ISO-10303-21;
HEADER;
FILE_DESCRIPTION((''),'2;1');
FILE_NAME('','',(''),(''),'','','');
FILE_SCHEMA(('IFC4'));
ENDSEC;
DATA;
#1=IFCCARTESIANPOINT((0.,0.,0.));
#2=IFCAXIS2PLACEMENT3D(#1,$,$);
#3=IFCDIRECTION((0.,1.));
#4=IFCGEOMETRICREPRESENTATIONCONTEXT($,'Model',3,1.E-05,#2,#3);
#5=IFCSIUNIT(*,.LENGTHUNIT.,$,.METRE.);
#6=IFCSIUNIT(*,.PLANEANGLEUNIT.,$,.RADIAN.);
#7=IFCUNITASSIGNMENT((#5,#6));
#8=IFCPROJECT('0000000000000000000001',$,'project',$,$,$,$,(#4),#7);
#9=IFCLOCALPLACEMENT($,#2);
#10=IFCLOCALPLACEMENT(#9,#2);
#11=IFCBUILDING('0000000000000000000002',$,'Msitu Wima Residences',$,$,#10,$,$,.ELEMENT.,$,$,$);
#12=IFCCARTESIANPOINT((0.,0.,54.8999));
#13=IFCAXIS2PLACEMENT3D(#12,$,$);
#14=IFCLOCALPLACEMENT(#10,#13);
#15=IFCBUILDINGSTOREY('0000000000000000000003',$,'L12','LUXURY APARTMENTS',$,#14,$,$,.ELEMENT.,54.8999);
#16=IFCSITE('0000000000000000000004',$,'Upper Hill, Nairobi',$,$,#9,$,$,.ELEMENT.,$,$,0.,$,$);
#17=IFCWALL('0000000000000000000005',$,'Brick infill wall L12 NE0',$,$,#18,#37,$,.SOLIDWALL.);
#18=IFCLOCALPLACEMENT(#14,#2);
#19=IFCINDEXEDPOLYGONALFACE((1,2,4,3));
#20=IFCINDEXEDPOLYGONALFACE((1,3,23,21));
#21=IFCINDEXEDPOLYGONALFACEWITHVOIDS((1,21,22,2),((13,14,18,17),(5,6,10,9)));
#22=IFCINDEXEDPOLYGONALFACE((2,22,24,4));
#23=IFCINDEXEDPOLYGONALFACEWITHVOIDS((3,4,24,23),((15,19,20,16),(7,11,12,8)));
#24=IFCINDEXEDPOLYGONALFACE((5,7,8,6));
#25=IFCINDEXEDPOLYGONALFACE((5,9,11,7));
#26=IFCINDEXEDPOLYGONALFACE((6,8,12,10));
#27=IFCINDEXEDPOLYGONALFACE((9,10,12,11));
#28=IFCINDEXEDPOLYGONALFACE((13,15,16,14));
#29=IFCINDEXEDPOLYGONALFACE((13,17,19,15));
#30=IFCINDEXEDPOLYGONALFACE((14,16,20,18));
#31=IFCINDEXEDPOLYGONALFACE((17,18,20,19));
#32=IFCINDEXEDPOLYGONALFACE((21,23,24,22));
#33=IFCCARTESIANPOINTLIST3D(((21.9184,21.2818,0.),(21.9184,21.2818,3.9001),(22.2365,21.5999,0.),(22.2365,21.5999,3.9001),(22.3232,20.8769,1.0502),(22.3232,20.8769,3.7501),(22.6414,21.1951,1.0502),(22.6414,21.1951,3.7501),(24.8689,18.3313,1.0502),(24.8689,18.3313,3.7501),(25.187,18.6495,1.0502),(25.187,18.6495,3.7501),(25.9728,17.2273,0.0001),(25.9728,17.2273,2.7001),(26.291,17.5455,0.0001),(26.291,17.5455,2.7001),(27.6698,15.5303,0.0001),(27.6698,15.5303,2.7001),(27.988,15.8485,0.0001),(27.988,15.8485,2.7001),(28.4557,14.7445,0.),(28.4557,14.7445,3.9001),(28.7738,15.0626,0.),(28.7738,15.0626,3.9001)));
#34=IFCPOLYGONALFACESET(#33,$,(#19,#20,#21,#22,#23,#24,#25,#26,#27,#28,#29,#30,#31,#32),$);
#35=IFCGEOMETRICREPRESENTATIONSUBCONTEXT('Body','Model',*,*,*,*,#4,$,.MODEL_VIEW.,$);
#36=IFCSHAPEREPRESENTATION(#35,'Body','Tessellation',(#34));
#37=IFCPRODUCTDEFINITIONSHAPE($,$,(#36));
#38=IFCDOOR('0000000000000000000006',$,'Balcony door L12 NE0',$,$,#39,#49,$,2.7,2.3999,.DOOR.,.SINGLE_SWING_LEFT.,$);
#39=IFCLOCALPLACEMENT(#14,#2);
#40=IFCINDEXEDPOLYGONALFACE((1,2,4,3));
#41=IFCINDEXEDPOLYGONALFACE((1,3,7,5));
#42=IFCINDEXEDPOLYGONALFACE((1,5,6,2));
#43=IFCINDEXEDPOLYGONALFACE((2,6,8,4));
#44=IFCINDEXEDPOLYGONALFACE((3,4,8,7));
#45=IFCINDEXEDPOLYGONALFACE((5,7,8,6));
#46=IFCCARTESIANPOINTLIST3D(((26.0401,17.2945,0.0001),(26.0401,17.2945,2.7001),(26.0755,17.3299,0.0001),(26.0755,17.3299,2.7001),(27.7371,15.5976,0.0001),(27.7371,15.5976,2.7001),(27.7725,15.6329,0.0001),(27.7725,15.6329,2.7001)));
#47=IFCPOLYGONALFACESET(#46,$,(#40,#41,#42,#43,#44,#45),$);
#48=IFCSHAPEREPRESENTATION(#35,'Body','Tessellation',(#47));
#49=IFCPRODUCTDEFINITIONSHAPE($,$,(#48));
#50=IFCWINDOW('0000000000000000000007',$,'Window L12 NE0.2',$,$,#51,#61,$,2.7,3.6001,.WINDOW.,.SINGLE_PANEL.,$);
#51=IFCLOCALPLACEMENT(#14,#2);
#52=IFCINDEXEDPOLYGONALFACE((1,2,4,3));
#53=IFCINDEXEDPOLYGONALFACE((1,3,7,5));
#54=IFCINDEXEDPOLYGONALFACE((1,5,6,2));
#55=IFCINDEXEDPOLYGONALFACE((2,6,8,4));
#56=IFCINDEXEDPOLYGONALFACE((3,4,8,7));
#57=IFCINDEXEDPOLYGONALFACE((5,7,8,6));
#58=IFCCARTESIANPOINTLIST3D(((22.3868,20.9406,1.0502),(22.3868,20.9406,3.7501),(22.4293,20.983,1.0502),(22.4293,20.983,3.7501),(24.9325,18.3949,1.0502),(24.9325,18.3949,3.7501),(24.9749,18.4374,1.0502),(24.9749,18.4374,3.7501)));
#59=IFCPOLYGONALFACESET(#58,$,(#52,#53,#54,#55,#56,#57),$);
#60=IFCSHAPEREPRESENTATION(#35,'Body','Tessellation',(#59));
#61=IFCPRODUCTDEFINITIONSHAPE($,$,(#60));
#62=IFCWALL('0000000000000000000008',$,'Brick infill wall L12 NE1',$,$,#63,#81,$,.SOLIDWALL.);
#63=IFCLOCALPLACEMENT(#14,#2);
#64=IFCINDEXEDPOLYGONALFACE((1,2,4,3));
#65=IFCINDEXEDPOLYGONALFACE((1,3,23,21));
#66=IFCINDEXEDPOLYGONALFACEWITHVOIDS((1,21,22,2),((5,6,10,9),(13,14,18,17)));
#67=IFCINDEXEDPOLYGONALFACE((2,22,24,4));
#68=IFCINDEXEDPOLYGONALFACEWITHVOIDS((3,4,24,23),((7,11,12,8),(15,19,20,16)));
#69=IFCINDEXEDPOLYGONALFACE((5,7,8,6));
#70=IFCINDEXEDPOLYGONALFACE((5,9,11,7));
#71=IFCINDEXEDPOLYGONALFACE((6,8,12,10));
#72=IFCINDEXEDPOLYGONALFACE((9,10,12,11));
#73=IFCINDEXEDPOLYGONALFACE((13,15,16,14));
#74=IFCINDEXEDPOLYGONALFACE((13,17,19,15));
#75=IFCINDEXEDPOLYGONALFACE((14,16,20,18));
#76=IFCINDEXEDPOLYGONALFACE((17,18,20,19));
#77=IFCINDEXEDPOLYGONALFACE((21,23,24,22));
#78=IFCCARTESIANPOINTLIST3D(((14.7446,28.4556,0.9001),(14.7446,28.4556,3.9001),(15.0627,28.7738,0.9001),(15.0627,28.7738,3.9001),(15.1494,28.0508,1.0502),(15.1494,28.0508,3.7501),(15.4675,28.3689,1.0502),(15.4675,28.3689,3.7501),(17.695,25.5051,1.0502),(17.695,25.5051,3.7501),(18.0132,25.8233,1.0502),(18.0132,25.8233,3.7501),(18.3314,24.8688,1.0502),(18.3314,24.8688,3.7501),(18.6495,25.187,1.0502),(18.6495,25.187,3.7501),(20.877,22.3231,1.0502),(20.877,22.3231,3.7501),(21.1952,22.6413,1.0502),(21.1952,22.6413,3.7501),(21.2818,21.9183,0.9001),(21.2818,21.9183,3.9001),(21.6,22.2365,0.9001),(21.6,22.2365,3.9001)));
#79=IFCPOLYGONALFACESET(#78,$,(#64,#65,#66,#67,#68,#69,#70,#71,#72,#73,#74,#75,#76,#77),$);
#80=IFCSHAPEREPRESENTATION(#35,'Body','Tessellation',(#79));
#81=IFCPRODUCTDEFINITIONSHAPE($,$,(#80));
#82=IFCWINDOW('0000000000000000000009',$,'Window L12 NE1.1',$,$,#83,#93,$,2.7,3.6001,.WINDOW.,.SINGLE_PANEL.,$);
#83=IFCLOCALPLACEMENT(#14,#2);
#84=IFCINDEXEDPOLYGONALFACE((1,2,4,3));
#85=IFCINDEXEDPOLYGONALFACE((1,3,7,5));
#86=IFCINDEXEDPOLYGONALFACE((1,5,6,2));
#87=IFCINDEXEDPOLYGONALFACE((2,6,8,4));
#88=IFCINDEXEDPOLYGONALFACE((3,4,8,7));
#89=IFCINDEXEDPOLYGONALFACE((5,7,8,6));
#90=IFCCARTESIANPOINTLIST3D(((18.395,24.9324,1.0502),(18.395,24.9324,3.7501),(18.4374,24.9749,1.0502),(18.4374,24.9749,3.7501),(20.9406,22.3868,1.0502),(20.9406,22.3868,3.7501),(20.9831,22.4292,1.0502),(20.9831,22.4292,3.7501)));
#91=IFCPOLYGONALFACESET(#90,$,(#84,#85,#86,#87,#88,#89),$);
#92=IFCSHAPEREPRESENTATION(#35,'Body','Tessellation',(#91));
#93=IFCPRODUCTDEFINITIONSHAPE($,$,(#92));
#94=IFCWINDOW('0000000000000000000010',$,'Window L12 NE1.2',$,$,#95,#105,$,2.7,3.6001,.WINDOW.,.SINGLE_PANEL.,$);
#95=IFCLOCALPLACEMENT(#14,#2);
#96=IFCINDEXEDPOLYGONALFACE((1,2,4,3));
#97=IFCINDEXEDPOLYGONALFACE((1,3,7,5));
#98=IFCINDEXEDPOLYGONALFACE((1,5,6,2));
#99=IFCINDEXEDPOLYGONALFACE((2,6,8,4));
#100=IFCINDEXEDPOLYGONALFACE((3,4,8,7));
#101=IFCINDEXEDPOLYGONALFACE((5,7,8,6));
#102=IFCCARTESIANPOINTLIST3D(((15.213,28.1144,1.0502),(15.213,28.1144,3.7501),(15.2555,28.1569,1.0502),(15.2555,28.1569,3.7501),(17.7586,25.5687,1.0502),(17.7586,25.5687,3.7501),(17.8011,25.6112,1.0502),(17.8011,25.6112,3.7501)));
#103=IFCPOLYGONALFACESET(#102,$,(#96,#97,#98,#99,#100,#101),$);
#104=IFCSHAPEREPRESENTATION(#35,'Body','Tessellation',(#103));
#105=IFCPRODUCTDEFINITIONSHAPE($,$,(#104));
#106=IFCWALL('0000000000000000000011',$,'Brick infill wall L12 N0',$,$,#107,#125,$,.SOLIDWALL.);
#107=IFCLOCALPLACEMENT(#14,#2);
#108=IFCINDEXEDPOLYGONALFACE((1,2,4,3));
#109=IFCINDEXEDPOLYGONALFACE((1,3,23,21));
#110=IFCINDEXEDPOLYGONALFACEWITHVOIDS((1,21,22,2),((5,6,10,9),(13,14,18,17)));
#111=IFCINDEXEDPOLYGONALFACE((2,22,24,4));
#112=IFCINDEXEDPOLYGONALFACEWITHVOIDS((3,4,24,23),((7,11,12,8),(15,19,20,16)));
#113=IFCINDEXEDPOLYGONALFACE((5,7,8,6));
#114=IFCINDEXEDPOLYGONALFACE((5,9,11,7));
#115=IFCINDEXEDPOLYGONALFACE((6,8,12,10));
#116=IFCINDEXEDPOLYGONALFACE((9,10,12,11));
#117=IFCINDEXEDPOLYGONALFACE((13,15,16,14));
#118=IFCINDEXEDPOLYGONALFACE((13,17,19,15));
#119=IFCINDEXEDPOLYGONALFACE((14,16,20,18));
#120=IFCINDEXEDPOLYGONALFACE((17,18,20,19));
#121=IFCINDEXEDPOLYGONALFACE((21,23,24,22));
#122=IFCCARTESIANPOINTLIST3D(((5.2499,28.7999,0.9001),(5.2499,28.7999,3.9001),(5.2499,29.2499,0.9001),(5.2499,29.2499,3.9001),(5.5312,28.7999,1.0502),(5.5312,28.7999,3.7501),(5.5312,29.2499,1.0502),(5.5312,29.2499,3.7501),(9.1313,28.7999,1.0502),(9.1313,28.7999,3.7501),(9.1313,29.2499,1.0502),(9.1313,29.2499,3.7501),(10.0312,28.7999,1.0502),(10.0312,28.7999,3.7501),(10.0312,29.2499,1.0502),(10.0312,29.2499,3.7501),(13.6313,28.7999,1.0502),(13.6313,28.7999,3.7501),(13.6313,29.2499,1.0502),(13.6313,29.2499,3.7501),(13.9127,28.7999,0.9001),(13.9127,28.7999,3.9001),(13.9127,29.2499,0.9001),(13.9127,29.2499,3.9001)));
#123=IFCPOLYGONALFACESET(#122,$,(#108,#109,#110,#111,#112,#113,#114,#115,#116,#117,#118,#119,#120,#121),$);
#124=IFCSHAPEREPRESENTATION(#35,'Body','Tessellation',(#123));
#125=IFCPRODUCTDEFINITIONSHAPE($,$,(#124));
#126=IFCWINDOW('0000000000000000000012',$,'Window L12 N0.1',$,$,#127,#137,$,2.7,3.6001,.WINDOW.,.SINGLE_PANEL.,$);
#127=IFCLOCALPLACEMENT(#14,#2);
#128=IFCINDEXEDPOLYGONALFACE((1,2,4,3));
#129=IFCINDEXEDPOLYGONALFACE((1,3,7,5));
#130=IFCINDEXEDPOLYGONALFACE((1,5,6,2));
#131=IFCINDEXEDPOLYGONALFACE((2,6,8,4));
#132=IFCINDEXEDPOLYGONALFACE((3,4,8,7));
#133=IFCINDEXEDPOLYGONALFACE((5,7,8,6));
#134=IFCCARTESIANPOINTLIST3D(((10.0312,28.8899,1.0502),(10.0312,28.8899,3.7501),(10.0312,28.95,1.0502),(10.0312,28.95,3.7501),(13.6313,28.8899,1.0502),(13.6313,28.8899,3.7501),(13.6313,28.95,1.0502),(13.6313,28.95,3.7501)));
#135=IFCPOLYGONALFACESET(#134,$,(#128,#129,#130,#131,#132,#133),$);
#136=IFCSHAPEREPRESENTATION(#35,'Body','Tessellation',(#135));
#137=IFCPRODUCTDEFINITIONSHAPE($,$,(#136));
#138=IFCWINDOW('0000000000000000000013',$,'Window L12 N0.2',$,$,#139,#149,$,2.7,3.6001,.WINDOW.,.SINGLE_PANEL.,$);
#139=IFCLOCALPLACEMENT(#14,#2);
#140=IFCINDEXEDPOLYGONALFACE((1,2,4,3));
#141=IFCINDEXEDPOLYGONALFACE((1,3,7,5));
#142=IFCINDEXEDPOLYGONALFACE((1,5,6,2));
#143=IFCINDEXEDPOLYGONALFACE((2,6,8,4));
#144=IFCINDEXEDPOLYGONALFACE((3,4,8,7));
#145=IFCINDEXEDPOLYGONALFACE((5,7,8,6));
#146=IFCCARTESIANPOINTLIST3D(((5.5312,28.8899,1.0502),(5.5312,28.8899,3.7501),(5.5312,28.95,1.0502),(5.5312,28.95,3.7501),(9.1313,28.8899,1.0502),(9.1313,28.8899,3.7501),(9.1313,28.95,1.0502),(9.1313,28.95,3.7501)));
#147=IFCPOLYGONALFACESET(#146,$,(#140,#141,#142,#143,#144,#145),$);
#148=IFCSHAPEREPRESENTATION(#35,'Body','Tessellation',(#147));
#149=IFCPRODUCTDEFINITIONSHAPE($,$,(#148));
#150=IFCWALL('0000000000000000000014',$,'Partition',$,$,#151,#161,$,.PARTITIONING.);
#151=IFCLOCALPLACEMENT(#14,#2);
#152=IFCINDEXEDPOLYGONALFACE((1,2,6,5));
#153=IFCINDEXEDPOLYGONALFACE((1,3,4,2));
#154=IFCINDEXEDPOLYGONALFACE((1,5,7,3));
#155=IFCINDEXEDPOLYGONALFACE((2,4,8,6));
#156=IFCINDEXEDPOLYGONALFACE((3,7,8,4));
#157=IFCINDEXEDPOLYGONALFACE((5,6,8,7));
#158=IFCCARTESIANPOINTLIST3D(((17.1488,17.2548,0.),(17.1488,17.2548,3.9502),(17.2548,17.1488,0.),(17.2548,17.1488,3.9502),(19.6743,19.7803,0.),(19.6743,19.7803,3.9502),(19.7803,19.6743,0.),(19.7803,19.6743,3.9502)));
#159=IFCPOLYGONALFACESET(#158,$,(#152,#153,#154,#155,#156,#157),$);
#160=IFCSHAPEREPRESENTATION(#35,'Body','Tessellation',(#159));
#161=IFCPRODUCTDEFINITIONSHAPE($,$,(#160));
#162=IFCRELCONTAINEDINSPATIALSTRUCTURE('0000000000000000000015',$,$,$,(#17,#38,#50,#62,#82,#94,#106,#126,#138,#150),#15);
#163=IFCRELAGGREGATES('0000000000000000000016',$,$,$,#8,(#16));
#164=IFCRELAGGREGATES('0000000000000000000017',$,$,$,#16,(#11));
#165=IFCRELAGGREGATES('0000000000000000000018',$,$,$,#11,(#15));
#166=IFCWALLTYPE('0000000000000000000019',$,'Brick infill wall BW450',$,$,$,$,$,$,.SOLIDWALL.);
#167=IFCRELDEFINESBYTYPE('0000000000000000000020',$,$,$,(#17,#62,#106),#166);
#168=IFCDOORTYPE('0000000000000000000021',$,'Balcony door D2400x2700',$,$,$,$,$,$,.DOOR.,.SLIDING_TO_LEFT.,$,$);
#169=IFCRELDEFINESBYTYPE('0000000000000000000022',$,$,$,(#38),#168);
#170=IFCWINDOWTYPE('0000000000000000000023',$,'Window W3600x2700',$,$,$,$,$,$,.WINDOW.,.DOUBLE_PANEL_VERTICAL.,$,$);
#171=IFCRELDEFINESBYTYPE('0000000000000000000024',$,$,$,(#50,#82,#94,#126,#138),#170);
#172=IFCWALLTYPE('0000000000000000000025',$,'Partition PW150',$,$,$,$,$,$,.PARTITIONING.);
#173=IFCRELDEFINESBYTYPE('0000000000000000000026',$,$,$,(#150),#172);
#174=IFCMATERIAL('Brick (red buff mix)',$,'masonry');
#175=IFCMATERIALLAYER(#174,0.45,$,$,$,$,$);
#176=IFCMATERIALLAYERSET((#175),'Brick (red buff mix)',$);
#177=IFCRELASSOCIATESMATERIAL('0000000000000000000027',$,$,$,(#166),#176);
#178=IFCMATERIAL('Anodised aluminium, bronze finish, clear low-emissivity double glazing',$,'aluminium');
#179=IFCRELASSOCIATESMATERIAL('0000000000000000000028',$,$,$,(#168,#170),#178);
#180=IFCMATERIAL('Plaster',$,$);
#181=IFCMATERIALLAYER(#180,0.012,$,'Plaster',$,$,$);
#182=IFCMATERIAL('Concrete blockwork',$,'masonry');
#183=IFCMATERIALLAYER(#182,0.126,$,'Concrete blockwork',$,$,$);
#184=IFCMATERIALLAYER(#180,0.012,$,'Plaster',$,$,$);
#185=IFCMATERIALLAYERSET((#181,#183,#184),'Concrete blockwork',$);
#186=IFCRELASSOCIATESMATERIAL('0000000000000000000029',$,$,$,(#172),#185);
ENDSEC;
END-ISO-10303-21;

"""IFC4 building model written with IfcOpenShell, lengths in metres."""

from ifc_helpers import new_model, si_unit, direction, frame, frame_2d, origin, place, context, subcontext, project, spatial, rectangle, extrude, material, layer, layer_set, type_object, element, fill, save


model = new_model("IFC4")

# Units and contexts
model_context = context("Model", 3, precision=1e-05, world=origin(), true_north=direction((0.0, 1.0)))
body_context = subcontext(model_context, "Body", "Model", "MODEL_VIEW")
ifc_project = project(units=[si_unit("LENGTHUNIT", "METRE"), si_unit("PLANEANGLEUNIT", "RADIAN")], contexts=[model_context])

# Site, building, storey
site_placement = place(None, origin())
site = spatial("IfcSite", under=ifc_project, at=site_placement, Name="Upper Hill, Nairobi", CompositionType="ELEMENT", RefElevation=0.0)
building_placement = place(site_placement, origin())
building = spatial("IfcBuilding", under=site, at=building_placement, Name="Msitu Wima Residences", CompositionType="ELEMENT")
storey_placement = place(building_placement, frame((0.0, 0.0, 54.8999)))
storey = spatial("IfcBuildingStorey", under=building, at=storey_placement, Name="L12", Description="LUXURY APARTMENTS", CompositionType="ELEMENT", Elevation=54.8999)

# Wall, openings, door, window
ifc_material_1 = material(Name="Brick (red buff mix)", Category="masonry")
ifc_layer_1 = layer(ifc_material_1, 0.45)
ifc_layer_set_1 = layer_set([ifc_layer_1], Name="Brick (red buff mix)")
wall_type_1 = type_object("IfcWallType", Name="Brick infill wall BW450", PredefinedType="SOLIDWALL", material=ifc_layer_set_1)
wall_1_placement = place(storey_placement, frame((28.6147, 14.9036, 0.0), z_axis=(0.0, 0.0, 1.0), x_axis=(-0.707107, 0.707107, 0.0)))
wall_1 = element("IfcWall", 1, at=wall_1_placement, inside=storey, type_object=wall_type_1, Name="Brick infill wall L12 NE0", PredefinedType="SOLIDWALL", context=body_context, shape_type="SweptSolid", body=[
    extrude(rectangle(XDim=9.2451, YDim=0.45, at=frame_2d((4.6226, 0.0))), origin(), (0.0, 0.0, 1.0), 3.9001),
])
opening_1_placement = place(wall_1_placement, frame((1.1113, 0.0, 0.0)))
opening_1 = element("IfcOpeningElement", 2, at=opening_1_placement, cuts=wall_1, PredefinedType="OPENING", context=body_context, shape_type="SweptSolid", body=[
    extrude(rectangle(XDim=2.3999, YDim=2.7, at=frame_2d((1.2, 1.3501))), frame((0.0, 0.2349, 0.0), z_axis=(0.0, -1.0, 0.0), x_axis=(1.0, 0.0, 0.0)), (0.0, 0.0, 1.0), 0.47),
])
opening_2_placement = place(wall_1_placement, frame((5.0725, 0.0, 1.05)))
opening_2 = element("IfcOpeningElement", 3, at=opening_2_placement, cuts=wall_1, PredefinedType="OPENING", context=body_context, shape_type="SweptSolid", body=[
    extrude(rectangle(XDim=3.6001, YDim=2.7, at=frame_2d((1.8, 1.3501))), frame((0.0, 0.2349, 0.0), z_axis=(0.0, -1.0, 0.0), x_axis=(1.0, 0.0, 0.0)), (0.0, 0.0, 1.0), 0.47),
])
ifc_material_2 = material(Name="Anodised aluminium, bronze finish, clear low-emissivity double glazing", Category="aluminium")
door_type_1 = type_object("IfcDoorType", Name="Balcony door D2400x2700", OperationType="SLIDING_TO_LEFT", PredefinedType="DOOR", material=ifc_material_2)
door_1_placement = place(opening_1_placement, origin())
door_1 = element("IfcDoor", 4, at=door_1_placement, inside=storey, type_object=door_type_1, Name="Balcony door L12 NE0", OperationType="SINGLE_SWING_LEFT", OverallHeight=2.7, OverallWidth=2.3999, PredefinedType="DOOR", context=body_context, shape_type="SweptSolid", body=[
    extrude(rectangle(XDim=2.3999, YDim=2.7, at=frame_2d((1.2, 1.3501))), frame((0.0, 0.1299, 0.0), z_axis=(0.0, -1.0, 0.0), x_axis=(1.0, 0.0, 0.0)), (0.0, 0.0, 1.0), 0.05),
])
fill(opening_1, door_1)
window_type = type_object("IfcWindowType", Name="Window W3600x2700", PartitioningType="DOUBLE_PANEL_VERTICAL", PredefinedType="WINDOW", material=ifc_material_2)
window_1_placement = place(opening_2_placement, origin())
window_1 = element("IfcWindow", 5, at=window_1_placement, inside=storey, type_object=window_type, Name="Window L12 NE0.2", OverallHeight=2.7, OverallWidth=3.6001, PartitioningType="SINGLE_PANEL", PredefinedType="WINDOW", context=body_context, shape_type="SweptSolid", body=[
    extrude(rectangle(XDim=3.6001, YDim=2.7, at=frame_2d((1.8, 1.3501))), frame((0.0, 0.135, 0.0), z_axis=(0.0, -1.0, 0.0), x_axis=(1.0, 0.0, 0.0)), (0.0, 0.0, 1.0), 0.0601),
])
fill(opening_2, window_1)

# Walls, openings, windows
wall_2_placement = place(storey_placement, frame((21.4409, 22.0774, 0.9001), z_axis=(0.0, 0.0, 1.0), x_axis=(-0.707107, 0.707107, 0.0)))
wall_2 = element("IfcWall", 6, at=wall_2_placement, inside=storey, type_object=wall_type_1, Name="Brick infill wall L12 NE1", PredefinedType="SOLIDWALL", context=body_context, shape_type="SweptSolid", body=[
    extrude(rectangle(XDim=9.2451, YDim=0.45, at=frame_2d((4.6226, 0.0))), origin(), (0.0, 0.0, 1.0), 3.0),
])
opening_3_placement = place(wall_2_placement, frame((0.5725, 0.0, 0.1499)))
opening_3 = element("IfcOpeningElement", 7, at=opening_3_placement, cuts=wall_2, PredefinedType="OPENING", context=body_context, shape_type="SweptSolid", body=[
    extrude(rectangle(XDim=3.6001, YDim=2.7, at=frame_2d((1.8, 1.3501))), frame((0.0, 0.2349, 0.0), z_axis=(0.0, -1.0, 0.0), x_axis=(1.0, 0.0, 0.0)), (0.0, 0.0, 1.0), 0.47),
])
opening_4_placement = place(wall_2_placement, frame((5.0725, 0.0, 0.1499)))
opening_4 = element("IfcOpeningElement", 8, at=opening_4_placement, cuts=wall_2, PredefinedType="OPENING", context=body_context, shape_type="SweptSolid", body=[
    extrude(rectangle(XDim=3.6001, YDim=2.7, at=frame_2d((1.8, 1.3501))), frame((0.0, 0.2349, 0.0), z_axis=(0.0, -1.0, 0.0), x_axis=(1.0, 0.0, 0.0)), (0.0, 0.0, 1.0), 0.47),
])
window_2_placement = place(opening_3_placement, origin())
window_2 = element("IfcWindow", 9, at=window_2_placement, inside=storey, type_object=window_type, Name="Window L12 NE1.1", OverallHeight=2.7, OverallWidth=3.6001, PartitioningType="SINGLE_PANEL", PredefinedType="WINDOW", context=body_context, shape_type="SweptSolid", body=[
    extrude(rectangle(XDim=3.6001, YDim=2.7, at=frame_2d((1.8, 1.3501))), frame((0.0, 0.135, 0.0), z_axis=(0.0, -1.0, 0.0), x_axis=(1.0, 0.0, 0.0)), (0.0, 0.0, 1.0), 0.0601),
])
fill(opening_3, window_2)
window_3_placement = place(opening_4_placement, origin())
window_3 = element("IfcWindow", 10, at=window_3_placement, inside=storey, type_object=window_type, Name="Window L12 NE1.2", OverallHeight=2.7, OverallWidth=3.6001, PartitioningType="SINGLE_PANEL", PredefinedType="WINDOW", context=body_context, shape_type="SweptSolid", body=[
    extrude(rectangle(XDim=3.6001, YDim=2.7, at=frame_2d((1.8, 1.3501))), frame((0.0, 0.135, 0.0), z_axis=(0.0, -1.0, 0.0), x_axis=(1.0, 0.0, 0.0)), (0.0, 0.0, 1.0), 0.0601),
])
fill(opening_4, window_3)
wall_3_placement = place(storey_placement, frame((13.9128, 29.0249, 0.9001), z_axis=(0.0, 0.0, 1.0), x_axis=(-1.0, 0.0, 0.0)))
wall_3 = element("IfcWall", 11, at=wall_3_placement, inside=storey, type_object=wall_type_1, Name="Brick infill wall L12 N0", PredefinedType="SOLIDWALL", context=body_context, shape_type="SweptSolid", body=[
    extrude(rectangle(XDim=8.6628, YDim=0.45, at=frame_2d((4.3315, 0.0))), origin(), (0.0, 0.0, 1.0), 3.0),
])
opening_5_placement = place(wall_3_placement, frame((0.2815, 0.0, 0.1499)))
opening_5 = element("IfcOpeningElement", 12, at=opening_5_placement, cuts=wall_3, PredefinedType="OPENING", context=body_context, shape_type="SweptSolid", body=[
    extrude(rectangle(XDim=3.6001, YDim=2.7, at=frame_2d((1.8, 1.3501))), frame((0.0, 0.2349, 0.0), z_axis=(0.0, -1.0, 0.0), x_axis=(1.0, 0.0, 0.0)), (0.0, 0.0, 1.0), 0.47),
])
opening_6_placement = place(wall_3_placement, frame((4.7815, 0.0, 0.1499)))
opening_6 = element("IfcOpeningElement", 13, at=opening_6_placement, cuts=wall_3, PredefinedType="OPENING", context=body_context, shape_type="SweptSolid", body=[
    extrude(rectangle(XDim=3.6001, YDim=2.7, at=frame_2d((1.8, 1.3501))), frame((0.0, 0.2349, 0.0), z_axis=(0.0, -1.0, 0.0), x_axis=(1.0, 0.0, 0.0)), (0.0, 0.0, 1.0), 0.47),
])
window_4_placement = place(opening_5_placement, origin())
window_4 = element("IfcWindow", 14, at=window_4_placement, inside=storey, type_object=window_type, Name="Window L12 N0.1", OverallHeight=2.7, OverallWidth=3.6001, PartitioningType="SINGLE_PANEL", PredefinedType="WINDOW", context=body_context, shape_type="SweptSolid", body=[
    extrude(rectangle(XDim=3.6001, YDim=2.7, at=frame_2d((1.8, 1.3501))), frame((0.0, 0.135, 0.0), z_axis=(0.0, -1.0, 0.0), x_axis=(1.0, 0.0, 0.0)), (0.0, 0.0, 1.0), 0.0601),
])
fill(opening_5, window_4)
window_5_placement = place(opening_6_placement, origin())
window_5 = element("IfcWindow", 15, at=window_5_placement, inside=storey, type_object=window_type, Name="Window L12 N0.2", OverallHeight=2.7, OverallWidth=3.6001, PartitioningType="SINGLE_PANEL", PredefinedType="WINDOW", context=body_context, shape_type="SweptSolid", body=[
    extrude(rectangle(XDim=3.6001, YDim=2.7, at=frame_2d((1.8, 1.3501))), frame((0.0, 0.135, 0.0), z_axis=(0.0, -1.0, 0.0), x_axis=(1.0, 0.0, 0.0)), (0.0, 0.0, 1.0), 0.0601),
])
fill(opening_6, window_5)

# Wall
ifc_material_3 = material(Name="Plaster")
ifc_layer_2 = layer(ifc_material_3, 0.012, Name="Plaster")
ifc_material_4 = material(Name="Concrete blockwork", Category="masonry")
ifc_layer_3 = layer(ifc_material_4, 0.126, Name="Concrete blockwork")
ifc_layer_4 = layer(ifc_material_3, 0.012, Name="Plaster")
ifc_layer_set_2 = layer_set([ifc_layer_2, ifc_layer_3, ifc_layer_4], Name="Concrete blockwork")
wall_type_2 = type_object("IfcWallType", Name="Partition PW150", PredefinedType="PARTITIONING", material=ifc_layer_set_2)
wall_4_placement = place(storey_placement, frame((17.2019, 17.2019, 0.0), z_axis=(0.0, 0.0, 1.0), x_axis=(0.707107, 0.707107, 0.0)))
element("IfcWall", 16, at=wall_4_placement, inside=storey, type_object=wall_type_2, Name="Partition", PredefinedType="PARTITIONING", context=body_context, shape_type="SweptSolid", body=[
    extrude(rectangle(XDim=3.5715, YDim=0.1499, at=frame_2d((1.7856, 0.0))), origin(), (0.0, 0.0, 1.0), 3.9502),
])

save(model, "model.ifc")
